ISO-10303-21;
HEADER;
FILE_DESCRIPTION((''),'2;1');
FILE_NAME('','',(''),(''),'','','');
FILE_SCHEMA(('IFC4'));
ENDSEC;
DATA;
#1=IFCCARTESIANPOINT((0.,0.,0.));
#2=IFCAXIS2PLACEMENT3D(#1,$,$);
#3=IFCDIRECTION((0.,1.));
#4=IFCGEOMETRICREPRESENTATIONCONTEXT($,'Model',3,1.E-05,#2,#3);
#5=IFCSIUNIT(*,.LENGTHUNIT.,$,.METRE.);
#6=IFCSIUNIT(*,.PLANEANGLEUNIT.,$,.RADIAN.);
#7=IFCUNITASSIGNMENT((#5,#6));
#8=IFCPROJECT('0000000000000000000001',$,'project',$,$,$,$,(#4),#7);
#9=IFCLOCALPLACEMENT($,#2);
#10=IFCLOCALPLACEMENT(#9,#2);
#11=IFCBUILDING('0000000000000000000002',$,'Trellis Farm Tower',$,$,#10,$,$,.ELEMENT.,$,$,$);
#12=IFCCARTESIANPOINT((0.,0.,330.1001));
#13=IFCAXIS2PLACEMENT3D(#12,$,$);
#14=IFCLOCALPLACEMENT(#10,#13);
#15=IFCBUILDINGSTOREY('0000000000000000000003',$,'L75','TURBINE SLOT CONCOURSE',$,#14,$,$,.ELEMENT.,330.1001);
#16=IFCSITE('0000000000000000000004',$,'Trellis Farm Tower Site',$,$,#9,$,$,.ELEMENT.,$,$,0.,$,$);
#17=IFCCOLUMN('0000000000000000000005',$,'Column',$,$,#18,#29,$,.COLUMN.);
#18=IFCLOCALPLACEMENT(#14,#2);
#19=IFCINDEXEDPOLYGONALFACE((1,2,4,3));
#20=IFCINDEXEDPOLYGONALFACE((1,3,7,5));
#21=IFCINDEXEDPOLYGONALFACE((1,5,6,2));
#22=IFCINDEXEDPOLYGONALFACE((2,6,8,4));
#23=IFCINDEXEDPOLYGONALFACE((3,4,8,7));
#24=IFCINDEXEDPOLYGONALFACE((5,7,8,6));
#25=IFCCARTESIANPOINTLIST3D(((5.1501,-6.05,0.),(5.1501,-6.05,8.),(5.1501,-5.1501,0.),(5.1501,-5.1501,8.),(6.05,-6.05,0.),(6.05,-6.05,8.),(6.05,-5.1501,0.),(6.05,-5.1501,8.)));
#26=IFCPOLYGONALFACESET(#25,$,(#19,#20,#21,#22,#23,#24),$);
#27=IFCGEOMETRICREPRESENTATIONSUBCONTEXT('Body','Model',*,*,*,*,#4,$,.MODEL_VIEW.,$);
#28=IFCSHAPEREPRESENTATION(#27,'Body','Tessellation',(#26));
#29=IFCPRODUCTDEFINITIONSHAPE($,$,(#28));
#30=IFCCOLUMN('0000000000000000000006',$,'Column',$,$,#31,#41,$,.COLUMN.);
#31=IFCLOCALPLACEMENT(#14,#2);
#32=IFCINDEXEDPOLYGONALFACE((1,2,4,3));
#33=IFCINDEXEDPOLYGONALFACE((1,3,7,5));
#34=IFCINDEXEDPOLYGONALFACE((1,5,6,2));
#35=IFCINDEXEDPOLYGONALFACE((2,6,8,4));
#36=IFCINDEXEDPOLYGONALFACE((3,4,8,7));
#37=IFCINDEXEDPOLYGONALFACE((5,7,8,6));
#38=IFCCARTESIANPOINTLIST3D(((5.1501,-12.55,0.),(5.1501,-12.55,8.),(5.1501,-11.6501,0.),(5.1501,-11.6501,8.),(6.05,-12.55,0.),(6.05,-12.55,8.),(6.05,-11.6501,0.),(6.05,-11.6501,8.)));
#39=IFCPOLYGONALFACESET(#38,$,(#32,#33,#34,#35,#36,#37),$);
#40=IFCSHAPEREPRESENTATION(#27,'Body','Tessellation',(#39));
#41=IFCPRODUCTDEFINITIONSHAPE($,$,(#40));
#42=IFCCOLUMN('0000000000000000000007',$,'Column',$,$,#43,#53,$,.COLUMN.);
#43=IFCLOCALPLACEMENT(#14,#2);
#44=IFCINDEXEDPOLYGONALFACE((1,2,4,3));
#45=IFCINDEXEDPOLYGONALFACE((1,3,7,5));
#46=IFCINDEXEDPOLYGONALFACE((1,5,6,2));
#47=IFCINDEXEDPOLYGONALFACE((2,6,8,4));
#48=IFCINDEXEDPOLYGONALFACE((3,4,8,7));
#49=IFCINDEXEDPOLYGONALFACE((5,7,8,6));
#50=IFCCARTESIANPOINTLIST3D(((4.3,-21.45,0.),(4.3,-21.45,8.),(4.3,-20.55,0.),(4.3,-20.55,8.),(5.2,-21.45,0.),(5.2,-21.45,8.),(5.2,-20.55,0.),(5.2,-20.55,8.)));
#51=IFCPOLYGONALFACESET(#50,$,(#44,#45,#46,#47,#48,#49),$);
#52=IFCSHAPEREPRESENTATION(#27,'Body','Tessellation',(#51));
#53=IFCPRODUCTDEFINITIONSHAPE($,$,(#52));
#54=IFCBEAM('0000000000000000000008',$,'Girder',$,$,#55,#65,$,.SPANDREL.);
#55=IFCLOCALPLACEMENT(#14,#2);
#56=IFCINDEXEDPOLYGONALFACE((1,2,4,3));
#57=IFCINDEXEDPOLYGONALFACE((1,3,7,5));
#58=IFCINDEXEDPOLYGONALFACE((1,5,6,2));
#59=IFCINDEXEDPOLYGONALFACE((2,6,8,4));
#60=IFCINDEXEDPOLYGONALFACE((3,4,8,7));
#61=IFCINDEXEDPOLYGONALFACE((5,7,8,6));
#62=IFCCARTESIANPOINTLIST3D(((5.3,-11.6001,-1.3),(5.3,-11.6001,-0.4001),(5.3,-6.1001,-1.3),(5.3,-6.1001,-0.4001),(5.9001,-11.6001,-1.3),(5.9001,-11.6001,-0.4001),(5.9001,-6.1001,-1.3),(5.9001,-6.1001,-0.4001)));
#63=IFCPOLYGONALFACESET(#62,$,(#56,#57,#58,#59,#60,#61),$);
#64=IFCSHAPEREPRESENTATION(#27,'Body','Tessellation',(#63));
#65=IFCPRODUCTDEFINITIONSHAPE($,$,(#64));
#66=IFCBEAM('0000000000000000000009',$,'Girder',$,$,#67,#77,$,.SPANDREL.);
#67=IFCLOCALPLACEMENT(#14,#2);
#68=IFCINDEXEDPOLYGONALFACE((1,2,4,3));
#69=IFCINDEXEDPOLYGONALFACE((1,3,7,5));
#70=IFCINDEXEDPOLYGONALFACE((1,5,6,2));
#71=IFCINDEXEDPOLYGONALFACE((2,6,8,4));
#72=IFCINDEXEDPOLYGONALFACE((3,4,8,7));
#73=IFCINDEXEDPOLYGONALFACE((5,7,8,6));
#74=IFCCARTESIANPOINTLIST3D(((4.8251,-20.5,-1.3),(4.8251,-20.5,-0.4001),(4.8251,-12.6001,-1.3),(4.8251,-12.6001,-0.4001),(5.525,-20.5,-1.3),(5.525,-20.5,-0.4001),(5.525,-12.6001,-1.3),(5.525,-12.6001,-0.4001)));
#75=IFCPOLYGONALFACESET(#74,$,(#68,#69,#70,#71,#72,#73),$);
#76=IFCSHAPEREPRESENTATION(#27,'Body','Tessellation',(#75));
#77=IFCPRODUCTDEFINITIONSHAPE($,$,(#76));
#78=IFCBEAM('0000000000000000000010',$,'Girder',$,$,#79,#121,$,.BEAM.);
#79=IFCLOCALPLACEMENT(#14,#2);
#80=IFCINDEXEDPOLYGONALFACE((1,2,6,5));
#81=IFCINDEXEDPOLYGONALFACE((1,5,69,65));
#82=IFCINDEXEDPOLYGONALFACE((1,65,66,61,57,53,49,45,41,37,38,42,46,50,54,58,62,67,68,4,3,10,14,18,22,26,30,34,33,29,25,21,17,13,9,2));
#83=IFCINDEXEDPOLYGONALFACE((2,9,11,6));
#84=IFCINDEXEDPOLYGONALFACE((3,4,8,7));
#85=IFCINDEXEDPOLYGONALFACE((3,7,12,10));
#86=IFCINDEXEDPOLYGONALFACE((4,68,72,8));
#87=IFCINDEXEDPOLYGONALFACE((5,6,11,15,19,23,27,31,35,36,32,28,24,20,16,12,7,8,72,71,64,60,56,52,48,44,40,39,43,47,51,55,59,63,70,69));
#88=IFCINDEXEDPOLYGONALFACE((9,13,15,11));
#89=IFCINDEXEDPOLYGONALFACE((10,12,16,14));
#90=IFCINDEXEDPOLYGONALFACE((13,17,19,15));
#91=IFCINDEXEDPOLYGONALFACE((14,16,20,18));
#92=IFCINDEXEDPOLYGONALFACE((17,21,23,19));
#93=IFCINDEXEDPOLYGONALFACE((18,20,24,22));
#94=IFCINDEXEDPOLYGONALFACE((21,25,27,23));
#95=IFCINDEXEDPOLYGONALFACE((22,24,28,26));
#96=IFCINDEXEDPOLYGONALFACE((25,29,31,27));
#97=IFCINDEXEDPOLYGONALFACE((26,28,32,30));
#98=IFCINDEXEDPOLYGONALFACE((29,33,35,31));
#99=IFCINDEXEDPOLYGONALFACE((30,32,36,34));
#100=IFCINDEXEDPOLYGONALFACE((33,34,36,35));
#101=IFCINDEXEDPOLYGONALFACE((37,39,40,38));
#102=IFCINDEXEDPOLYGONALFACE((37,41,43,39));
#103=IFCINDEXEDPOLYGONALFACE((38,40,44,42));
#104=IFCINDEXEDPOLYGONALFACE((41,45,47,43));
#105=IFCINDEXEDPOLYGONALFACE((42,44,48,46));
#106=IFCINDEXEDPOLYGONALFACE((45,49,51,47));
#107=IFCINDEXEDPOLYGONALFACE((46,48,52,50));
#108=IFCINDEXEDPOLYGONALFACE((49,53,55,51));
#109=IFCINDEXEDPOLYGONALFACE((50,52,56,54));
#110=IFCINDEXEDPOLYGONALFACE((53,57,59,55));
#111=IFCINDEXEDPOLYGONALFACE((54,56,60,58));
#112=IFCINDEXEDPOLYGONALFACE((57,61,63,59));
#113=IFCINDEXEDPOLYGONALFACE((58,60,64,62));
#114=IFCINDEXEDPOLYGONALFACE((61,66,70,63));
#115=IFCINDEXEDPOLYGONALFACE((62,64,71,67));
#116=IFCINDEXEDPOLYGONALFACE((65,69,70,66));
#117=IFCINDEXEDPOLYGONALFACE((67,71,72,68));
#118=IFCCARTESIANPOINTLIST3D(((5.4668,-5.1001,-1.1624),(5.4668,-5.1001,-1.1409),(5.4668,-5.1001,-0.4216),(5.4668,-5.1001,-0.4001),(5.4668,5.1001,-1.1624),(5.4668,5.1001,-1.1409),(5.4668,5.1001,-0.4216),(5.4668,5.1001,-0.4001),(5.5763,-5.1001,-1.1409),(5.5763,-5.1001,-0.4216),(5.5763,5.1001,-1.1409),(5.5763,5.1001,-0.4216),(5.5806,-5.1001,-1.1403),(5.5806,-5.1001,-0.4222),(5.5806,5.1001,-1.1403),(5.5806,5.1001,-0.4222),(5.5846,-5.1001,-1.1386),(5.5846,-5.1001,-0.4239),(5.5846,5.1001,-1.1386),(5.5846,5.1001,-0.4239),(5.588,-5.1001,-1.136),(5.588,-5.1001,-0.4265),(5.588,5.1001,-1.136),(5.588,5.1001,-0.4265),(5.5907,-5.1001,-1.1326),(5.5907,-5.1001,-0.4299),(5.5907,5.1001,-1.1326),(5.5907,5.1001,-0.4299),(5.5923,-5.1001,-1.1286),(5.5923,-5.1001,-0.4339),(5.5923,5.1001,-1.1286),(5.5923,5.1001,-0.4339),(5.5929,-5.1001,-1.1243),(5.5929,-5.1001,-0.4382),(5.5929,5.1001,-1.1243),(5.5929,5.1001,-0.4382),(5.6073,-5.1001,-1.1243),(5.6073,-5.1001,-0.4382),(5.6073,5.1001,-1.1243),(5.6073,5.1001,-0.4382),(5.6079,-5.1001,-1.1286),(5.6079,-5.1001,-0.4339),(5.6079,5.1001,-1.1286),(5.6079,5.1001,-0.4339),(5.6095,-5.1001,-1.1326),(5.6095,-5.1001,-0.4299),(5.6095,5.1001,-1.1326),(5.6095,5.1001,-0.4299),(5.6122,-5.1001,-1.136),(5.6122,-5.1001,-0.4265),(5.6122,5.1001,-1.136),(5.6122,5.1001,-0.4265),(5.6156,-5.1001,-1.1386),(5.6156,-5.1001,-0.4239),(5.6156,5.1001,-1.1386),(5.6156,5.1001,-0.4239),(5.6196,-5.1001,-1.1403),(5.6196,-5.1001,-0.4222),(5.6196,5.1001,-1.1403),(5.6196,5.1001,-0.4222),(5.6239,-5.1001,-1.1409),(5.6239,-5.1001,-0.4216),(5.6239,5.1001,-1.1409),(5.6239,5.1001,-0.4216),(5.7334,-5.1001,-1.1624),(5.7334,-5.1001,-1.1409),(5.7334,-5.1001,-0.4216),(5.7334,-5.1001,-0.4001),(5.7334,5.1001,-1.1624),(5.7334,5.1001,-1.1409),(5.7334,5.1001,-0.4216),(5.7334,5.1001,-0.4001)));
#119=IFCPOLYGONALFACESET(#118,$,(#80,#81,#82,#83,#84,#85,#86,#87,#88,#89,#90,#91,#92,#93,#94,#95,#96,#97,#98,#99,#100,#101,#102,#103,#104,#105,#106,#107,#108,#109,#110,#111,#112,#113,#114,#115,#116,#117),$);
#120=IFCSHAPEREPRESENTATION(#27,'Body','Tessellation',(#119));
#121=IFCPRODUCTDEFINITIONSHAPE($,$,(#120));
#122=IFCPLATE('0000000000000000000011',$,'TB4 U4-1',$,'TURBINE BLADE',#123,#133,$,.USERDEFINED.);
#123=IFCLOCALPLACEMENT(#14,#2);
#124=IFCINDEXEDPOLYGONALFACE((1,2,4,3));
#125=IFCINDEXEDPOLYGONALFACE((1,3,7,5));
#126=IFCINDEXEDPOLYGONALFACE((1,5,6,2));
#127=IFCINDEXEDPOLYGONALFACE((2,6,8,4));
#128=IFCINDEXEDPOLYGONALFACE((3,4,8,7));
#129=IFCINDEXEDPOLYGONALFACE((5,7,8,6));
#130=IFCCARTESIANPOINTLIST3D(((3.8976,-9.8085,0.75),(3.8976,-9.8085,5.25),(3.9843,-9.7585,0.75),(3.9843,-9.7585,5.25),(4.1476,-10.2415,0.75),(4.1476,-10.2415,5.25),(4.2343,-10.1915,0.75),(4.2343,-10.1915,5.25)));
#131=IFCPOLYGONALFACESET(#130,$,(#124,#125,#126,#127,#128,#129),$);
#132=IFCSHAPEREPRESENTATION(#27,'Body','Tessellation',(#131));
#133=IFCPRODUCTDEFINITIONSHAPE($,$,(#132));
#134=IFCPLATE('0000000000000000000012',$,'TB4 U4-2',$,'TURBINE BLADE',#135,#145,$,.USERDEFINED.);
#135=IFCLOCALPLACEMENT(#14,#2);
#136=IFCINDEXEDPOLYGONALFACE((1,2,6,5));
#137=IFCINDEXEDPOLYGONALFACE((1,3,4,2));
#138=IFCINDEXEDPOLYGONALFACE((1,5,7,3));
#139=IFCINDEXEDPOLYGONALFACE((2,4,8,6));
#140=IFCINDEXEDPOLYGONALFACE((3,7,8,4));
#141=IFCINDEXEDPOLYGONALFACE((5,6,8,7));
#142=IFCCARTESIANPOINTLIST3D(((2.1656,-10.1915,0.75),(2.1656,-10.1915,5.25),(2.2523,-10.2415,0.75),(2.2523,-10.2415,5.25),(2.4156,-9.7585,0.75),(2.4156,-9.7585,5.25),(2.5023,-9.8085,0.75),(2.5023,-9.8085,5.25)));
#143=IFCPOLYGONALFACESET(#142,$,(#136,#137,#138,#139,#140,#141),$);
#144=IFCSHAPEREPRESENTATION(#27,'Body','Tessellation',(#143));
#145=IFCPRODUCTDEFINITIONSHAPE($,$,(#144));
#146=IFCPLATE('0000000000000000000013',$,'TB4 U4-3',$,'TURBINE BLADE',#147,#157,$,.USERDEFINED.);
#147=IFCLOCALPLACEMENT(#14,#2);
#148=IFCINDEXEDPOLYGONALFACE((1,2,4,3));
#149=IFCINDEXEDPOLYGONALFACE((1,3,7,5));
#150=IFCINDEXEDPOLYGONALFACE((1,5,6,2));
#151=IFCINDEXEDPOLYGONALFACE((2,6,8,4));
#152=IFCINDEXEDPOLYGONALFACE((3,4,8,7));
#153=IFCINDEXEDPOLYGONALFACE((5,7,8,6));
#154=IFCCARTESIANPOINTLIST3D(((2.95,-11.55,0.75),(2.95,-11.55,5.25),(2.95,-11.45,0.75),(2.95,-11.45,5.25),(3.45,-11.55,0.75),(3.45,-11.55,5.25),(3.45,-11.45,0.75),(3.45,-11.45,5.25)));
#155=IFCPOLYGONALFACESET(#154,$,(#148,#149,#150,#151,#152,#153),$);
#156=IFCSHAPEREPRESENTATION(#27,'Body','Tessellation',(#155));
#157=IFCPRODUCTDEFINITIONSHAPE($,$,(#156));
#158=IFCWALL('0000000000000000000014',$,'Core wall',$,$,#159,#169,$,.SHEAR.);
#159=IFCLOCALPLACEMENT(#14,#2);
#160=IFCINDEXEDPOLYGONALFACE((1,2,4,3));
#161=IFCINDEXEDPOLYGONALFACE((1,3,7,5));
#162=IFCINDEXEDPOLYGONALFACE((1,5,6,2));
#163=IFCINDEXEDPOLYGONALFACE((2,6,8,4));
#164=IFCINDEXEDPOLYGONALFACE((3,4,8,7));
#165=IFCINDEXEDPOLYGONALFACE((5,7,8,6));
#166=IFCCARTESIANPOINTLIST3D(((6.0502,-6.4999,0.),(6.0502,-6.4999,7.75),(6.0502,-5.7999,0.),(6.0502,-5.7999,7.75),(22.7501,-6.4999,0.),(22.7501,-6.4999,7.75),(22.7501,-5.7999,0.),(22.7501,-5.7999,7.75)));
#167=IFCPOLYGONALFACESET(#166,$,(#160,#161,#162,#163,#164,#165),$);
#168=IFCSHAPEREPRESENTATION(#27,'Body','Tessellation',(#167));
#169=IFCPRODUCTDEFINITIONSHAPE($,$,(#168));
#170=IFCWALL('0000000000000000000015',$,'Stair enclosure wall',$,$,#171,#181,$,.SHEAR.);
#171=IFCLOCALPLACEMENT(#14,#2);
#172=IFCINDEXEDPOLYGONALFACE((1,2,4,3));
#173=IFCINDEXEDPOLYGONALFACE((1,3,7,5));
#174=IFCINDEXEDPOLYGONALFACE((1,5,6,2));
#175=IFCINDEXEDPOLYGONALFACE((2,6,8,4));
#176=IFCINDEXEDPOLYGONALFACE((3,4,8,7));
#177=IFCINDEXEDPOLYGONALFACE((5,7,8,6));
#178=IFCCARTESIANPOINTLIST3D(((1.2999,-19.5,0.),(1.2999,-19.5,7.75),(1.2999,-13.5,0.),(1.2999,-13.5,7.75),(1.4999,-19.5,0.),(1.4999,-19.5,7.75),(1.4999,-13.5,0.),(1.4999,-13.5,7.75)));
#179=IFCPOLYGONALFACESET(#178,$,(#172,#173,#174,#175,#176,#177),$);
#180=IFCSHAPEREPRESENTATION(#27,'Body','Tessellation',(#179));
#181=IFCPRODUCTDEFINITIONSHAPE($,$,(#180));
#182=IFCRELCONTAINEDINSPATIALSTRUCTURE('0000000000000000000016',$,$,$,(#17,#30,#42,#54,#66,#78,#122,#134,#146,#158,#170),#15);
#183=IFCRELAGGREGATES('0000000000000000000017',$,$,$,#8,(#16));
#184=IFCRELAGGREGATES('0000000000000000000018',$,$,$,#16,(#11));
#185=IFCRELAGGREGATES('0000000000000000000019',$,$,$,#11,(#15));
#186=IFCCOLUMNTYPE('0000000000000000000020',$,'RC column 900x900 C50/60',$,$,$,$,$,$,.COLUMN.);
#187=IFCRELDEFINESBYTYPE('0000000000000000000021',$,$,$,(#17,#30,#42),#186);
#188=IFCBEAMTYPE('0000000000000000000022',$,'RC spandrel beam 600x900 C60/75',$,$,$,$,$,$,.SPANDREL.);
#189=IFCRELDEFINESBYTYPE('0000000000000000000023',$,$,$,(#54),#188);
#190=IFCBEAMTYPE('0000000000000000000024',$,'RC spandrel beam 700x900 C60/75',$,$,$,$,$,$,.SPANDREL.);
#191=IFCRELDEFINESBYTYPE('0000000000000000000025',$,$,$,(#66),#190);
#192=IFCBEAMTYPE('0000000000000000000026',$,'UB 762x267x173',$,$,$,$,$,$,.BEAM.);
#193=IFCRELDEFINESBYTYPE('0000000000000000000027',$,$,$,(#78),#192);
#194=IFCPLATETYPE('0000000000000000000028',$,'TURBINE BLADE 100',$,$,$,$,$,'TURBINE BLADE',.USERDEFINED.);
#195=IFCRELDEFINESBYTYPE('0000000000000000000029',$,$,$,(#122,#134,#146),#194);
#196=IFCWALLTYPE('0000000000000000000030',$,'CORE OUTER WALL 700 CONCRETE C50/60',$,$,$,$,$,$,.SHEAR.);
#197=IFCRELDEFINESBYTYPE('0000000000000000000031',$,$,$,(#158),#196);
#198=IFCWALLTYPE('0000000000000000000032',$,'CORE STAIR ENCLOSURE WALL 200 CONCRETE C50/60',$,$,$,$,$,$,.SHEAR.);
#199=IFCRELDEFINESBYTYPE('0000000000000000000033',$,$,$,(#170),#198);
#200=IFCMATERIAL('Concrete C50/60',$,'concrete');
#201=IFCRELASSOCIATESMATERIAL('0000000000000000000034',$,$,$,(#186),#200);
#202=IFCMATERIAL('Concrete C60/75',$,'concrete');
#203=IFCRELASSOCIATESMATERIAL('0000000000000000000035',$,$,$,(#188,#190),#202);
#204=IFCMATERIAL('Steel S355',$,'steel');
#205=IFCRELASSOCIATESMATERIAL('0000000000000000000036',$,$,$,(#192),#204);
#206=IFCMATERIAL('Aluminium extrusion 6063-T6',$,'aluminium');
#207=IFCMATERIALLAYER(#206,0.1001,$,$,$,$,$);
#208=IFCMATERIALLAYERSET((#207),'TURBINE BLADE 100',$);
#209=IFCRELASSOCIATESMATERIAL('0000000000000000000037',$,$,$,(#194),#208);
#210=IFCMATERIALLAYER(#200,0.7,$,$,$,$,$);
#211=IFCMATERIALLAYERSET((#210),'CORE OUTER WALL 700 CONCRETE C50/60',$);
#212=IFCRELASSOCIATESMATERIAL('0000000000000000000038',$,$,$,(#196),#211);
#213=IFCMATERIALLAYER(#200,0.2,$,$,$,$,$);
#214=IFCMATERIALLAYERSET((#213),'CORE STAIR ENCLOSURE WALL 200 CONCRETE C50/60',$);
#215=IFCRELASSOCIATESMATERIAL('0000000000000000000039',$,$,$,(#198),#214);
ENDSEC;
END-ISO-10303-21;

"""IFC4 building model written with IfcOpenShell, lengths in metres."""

from ifc_helpers import new_model, si_unit, direction, frame, frame_2d, origin, origin_2d, place, context, subcontext, project, spatial, rectangle, i_section, extrude, source, transform, mapped, material, layer, layer_set, material_profile, profile_set, type_object, element, save


model = new_model("IFC4")

# Units and contexts
model_context = context("Model", 3, precision=1e-05, world=origin(), true_north=direction((0.0, 1.0)))
body_context = subcontext(model_context, "Body", "Model", "MODEL_VIEW")
ifc_project = project(units=[si_unit("LENGTHUNIT", "METRE"), si_unit("PLANEANGLEUNIT", "RADIAN")], contexts=[model_context])

# Site, building, storey
site_placement = place(None, origin())
site = spatial("IfcSite", under=ifc_project, at=site_placement, Name="Trellis Farm Tower Site", CompositionType="ELEMENT", RefElevation=0.0)
building_placement = place(site_placement, origin())
building = spatial("IfcBuilding", under=site, at=building_placement, Name="Trellis Farm Tower", CompositionType="ELEMENT")
storey_placement = place(building_placement, frame((0.0, 0.0, 330.1001)))
storey = spatial("IfcBuildingStorey", under=building, at=storey_placement, Name="L75", Description="TURBINE SLOT CONCOURSE", CompositionType="ELEMENT", Elevation=330.1001)

# Columns
ifc_material_1 = material(Name="Concrete C50/60", Category="concrete")
ifc_material_profile_1 = material_profile(ifc_material_1, rectangle(XDim=0.8999, YDim=0.8999, at=origin_2d()), Name="RC column 900x900 C50/60")
ifc_profile_set_1 = profile_set([ifc_material_profile_1], Name="Concrete C50/60")
column_type = type_object("IfcColumnType", Name="RC column 900x900 C50/60", PredefinedType="COLUMN", material=ifc_profile_set_1)
shared_shape_1 = source(origin(), body_context, "Body", "SweptSolid", [
    extrude(rectangle(XDim=0.8999, YDim=0.8999, at=origin_2d()), origin(), (0.0, 0.0, 1.0), 8.0),
])
for number, where, z_axis, x_axis, name in (
    (1, (5.6001, -5.6001, 0.0), (0.0, 0.0, 1.0), (1.0, 0.0, 0.0), "Column"),
    (2, (5.6001, -12.1001, 0.0), (0.0, 0.0, 1.0), (1.0, 0.0, 0.0), "Column"),
    (3, (4.75, -21.0, 0.0), (0.0, 0.0, 1.0), (1.0, 0.0, 0.0), "Column"),
):
    element("IfcColumn", number, at=place(storey_placement, frame(where, z_axis=z_axis, x_axis=x_axis)), inside=storey, type_object=column_type, Name=name, PredefinedType="COLUMN", context=body_context, shape_type="MappedRepresentation", body=[
        mapped(shared_shape_1, transform((0.0, 0.0, 0.0))),
    ])

# Beams
ifc_material_2 = material(Name="Concrete C60/75", Category="concrete")
ifc_material_profile_2 = material_profile(ifc_material_2, rectangle(XDim=0.6001, YDim=0.8999, at=origin_2d()), Name="RC spandrel beam 600x900 C60/75")
ifc_profile_set_2 = profile_set([ifc_material_profile_2], Name="Concrete C60/75")
beam_type_1 = type_object("IfcBeamType", Name="RC spandrel beam 600x900 C60/75", PredefinedType="SPANDREL", material=ifc_profile_set_2)
shared_shape_2 = source(origin(), body_context, "Body", "SweptSolid", [
    extrude(rectangle(XDim=0.6001, YDim=0.8999, at=origin_2d()), origin(), (0.0, 0.0, 1.0), 5.5),
])
beam_1_placement = place(storey_placement, frame((5.6001, -11.6001, -0.8501), z_axis=(0.0, 1.0, 0.0), x_axis=(-1.0, 0.0, 0.0)))
element("IfcBeam", 4, at=beam_1_placement, inside=storey, type_object=beam_type_1, Name="Girder", PredefinedType="SPANDREL", context=body_context, shape_type="MappedRepresentation", body=[
    mapped(shared_shape_2, transform((0.0, 0.0, 0.0))),
])
ifc_material_profile_3 = material_profile(ifc_material_2, rectangle(XDim=0.7, YDim=0.8999, at=origin_2d()), Name="RC spandrel beam 700x900 C60/75")
ifc_profile_set_3 = profile_set([ifc_material_profile_3], Name="Concrete C60/75")
beam_type_2 = type_object("IfcBeamType", Name="RC spandrel beam 700x900 C60/75", PredefinedType="SPANDREL", material=ifc_profile_set_3)
shared_shape_3 = source(origin(), body_context, "Body", "SweptSolid", [
    extrude(rectangle(XDim=0.7, YDim=0.8999, at=origin_2d()), origin(), (0.0, 0.0, 1.0), 7.8999),
])
beam_2_placement = place(storey_placement, frame((5.175, -20.5, -0.8501), z_axis=(0.0, 1.0, 0.0), x_axis=(-1.0, 0.0, 0.0)))
element("IfcBeam", 5, at=beam_2_placement, inside=storey, type_object=beam_type_2, Name="Girder", PredefinedType="SPANDREL", context=body_context, shape_type="MappedRepresentation", body=[
    mapped(shared_shape_3, transform((0.0, 0.0, 0.0))),
])
ifc_material_3 = material(Name="Steel S355", Category="steel")
ifc_material_profile_4 = material_profile(ifc_material_3, i_section(OverallWidth=0.2666, OverallDepth=0.7622, WebThickness=0.0144, FlangeThickness=0.0215, FilletRadius=0.0166, at=origin_2d()), Name="UB 762x267x173")
ifc_profile_set_4 = profile_set([ifc_material_profile_4], Name="Steel S355")
beam_type_3 = type_object("IfcBeamType", Name="UB 762x267x173", PredefinedType="BEAM", material=ifc_profile_set_4)
shared_shape_4 = source(origin(), body_context, "Body", "SweptSolid", [
    extrude(i_section(OverallWidth=0.2666, OverallDepth=0.7622, WebThickness=0.0144, FlangeThickness=0.0215, FilletRadius=0.0166, at=origin_2d()), origin(), (0.0, 0.0, 1.0), 10.2002),
])
beam_3_placement = place(storey_placement, frame((5.6001, -5.1001, -0.7812), z_axis=(0.0, 1.0, 0.0), x_axis=(-1.0, 0.0, 0.0)))
element("IfcBeam", 6, at=beam_3_placement, inside=storey, type_object=beam_type_3, Name="Girder", PredefinedType="BEAM", context=body_context, shape_type="MappedRepresentation", body=[
    mapped(shared_shape_4, transform((0.0, 0.0, 0.0))),
])

# Plates
ifc_material_4 = material(Name="Aluminium extrusion 6063-T6", Category="aluminium")
ifc_layer_1 = layer(ifc_material_4, 0.1001)
ifc_layer_set_1 = layer_set([ifc_layer_1], Name="TURBINE BLADE 100")
plate_type = type_object("IfcPlateType", Name="TURBINE BLADE 100", ElementType="TURBINE BLADE", PredefinedType="USERDEFINED", material=ifc_layer_set_1)
shared_shape_5 = source(origin(), body_context, "Body", "SweptSolid", [
    extrude(rectangle(XDim=0.5, YDim=0.1001, at=origin_2d()), origin(), (0.0, 0.0, 1.0), 4.5),
])
for number, where, z_axis, x_axis, name in (
    (7, (4.0659, -10.0, 0.75), (0.0, 0.0, 1.0), (-0.5, 0.866025, 0.0), "TB4 U4-1"),
    (8, (2.334, -10.0, 0.75), (0.0, 0.0, 1.0), (-0.5, -0.866025, 0.0), "TB4 U4-2"),
    (9, (3.2, -11.5, 0.75), (0.0, 0.0, 1.0), (1.0, 0.0, 0.0), "TB4 U4-3"),
):
    element("IfcPlate", number, at=place(storey_placement, frame(where, z_axis=z_axis, x_axis=x_axis)), inside=storey, type_object=plate_type, Name=name, ObjectType="TURBINE BLADE", PredefinedType="USERDEFINED", context=body_context, shape_type="MappedRepresentation", body=[
        mapped(shared_shape_5, transform((0.0, 0.0, 0.0))),
    ])

# Walls
ifc_layer_2 = layer(ifc_material_1, 0.7)
ifc_layer_set_2 = layer_set([ifc_layer_2], Name="CORE OUTER WALL 700 CONCRETE C50/60")
wall_type_1 = type_object("IfcWallType", Name="CORE OUTER WALL 700 CONCRETE C50/60", PredefinedType="SHEAR", material=ifc_layer_set_2)
shared_shape_6 = source(origin(), body_context, "Body", "SweptSolid", [
    extrude(rectangle(XDim=16.7, YDim=0.7, at=frame_2d((8.3501, 0.0))), origin(), (0.0, 0.0, 1.0), 7.75),
])
wall_1_placement = place(storey_placement, frame((6.05, -6.1499, 0.0), z_axis=(0.0, 0.0, 1.0), x_axis=(1.0, 0.0, 0.0)))
element("IfcWall", 10, at=wall_1_placement, inside=storey, type_object=wall_type_1, Name="Core wall", PredefinedType="SHEAR", context=body_context, shape_type="MappedRepresentation", body=[
    mapped(shared_shape_6, transform((0.0, 0.0, 0.0))),
])
ifc_layer_3 = layer(ifc_material_1, 0.2)
ifc_layer_set_3 = layer_set([ifc_layer_3], Name="CORE STAIR ENCLOSURE WALL 200 CONCRETE C50/60")
wall_type_2 = type_object("IfcWallType", Name="CORE STAIR ENCLOSURE WALL 200 CONCRETE C50/60", PredefinedType="SHEAR", material=ifc_layer_set_3)
shared_shape_7 = source(origin(), body_context, "Body", "SweptSolid", [
    extrude(rectangle(XDim=6.0, YDim=0.2, at=frame_2d((3.0, 0.0))), origin(), (0.0, 0.0, 1.0), 7.75),
])
wall_2_placement = place(storey_placement, frame((1.3999, -13.5, 0.0), z_axis=(0.0, 0.0, 1.0), x_axis=(0.0, -1.0, 0.0)))
element("IfcWall", 11, at=wall_2_placement, inside=storey, type_object=wall_type_2, Name="Stair enclosure wall", PredefinedType="SHEAR", context=body_context, shape_type="MappedRepresentation", body=[
    mapped(shared_shape_7, transform((0.0, 0.0, 0.0))),
])

save(model, "model.ifc")
